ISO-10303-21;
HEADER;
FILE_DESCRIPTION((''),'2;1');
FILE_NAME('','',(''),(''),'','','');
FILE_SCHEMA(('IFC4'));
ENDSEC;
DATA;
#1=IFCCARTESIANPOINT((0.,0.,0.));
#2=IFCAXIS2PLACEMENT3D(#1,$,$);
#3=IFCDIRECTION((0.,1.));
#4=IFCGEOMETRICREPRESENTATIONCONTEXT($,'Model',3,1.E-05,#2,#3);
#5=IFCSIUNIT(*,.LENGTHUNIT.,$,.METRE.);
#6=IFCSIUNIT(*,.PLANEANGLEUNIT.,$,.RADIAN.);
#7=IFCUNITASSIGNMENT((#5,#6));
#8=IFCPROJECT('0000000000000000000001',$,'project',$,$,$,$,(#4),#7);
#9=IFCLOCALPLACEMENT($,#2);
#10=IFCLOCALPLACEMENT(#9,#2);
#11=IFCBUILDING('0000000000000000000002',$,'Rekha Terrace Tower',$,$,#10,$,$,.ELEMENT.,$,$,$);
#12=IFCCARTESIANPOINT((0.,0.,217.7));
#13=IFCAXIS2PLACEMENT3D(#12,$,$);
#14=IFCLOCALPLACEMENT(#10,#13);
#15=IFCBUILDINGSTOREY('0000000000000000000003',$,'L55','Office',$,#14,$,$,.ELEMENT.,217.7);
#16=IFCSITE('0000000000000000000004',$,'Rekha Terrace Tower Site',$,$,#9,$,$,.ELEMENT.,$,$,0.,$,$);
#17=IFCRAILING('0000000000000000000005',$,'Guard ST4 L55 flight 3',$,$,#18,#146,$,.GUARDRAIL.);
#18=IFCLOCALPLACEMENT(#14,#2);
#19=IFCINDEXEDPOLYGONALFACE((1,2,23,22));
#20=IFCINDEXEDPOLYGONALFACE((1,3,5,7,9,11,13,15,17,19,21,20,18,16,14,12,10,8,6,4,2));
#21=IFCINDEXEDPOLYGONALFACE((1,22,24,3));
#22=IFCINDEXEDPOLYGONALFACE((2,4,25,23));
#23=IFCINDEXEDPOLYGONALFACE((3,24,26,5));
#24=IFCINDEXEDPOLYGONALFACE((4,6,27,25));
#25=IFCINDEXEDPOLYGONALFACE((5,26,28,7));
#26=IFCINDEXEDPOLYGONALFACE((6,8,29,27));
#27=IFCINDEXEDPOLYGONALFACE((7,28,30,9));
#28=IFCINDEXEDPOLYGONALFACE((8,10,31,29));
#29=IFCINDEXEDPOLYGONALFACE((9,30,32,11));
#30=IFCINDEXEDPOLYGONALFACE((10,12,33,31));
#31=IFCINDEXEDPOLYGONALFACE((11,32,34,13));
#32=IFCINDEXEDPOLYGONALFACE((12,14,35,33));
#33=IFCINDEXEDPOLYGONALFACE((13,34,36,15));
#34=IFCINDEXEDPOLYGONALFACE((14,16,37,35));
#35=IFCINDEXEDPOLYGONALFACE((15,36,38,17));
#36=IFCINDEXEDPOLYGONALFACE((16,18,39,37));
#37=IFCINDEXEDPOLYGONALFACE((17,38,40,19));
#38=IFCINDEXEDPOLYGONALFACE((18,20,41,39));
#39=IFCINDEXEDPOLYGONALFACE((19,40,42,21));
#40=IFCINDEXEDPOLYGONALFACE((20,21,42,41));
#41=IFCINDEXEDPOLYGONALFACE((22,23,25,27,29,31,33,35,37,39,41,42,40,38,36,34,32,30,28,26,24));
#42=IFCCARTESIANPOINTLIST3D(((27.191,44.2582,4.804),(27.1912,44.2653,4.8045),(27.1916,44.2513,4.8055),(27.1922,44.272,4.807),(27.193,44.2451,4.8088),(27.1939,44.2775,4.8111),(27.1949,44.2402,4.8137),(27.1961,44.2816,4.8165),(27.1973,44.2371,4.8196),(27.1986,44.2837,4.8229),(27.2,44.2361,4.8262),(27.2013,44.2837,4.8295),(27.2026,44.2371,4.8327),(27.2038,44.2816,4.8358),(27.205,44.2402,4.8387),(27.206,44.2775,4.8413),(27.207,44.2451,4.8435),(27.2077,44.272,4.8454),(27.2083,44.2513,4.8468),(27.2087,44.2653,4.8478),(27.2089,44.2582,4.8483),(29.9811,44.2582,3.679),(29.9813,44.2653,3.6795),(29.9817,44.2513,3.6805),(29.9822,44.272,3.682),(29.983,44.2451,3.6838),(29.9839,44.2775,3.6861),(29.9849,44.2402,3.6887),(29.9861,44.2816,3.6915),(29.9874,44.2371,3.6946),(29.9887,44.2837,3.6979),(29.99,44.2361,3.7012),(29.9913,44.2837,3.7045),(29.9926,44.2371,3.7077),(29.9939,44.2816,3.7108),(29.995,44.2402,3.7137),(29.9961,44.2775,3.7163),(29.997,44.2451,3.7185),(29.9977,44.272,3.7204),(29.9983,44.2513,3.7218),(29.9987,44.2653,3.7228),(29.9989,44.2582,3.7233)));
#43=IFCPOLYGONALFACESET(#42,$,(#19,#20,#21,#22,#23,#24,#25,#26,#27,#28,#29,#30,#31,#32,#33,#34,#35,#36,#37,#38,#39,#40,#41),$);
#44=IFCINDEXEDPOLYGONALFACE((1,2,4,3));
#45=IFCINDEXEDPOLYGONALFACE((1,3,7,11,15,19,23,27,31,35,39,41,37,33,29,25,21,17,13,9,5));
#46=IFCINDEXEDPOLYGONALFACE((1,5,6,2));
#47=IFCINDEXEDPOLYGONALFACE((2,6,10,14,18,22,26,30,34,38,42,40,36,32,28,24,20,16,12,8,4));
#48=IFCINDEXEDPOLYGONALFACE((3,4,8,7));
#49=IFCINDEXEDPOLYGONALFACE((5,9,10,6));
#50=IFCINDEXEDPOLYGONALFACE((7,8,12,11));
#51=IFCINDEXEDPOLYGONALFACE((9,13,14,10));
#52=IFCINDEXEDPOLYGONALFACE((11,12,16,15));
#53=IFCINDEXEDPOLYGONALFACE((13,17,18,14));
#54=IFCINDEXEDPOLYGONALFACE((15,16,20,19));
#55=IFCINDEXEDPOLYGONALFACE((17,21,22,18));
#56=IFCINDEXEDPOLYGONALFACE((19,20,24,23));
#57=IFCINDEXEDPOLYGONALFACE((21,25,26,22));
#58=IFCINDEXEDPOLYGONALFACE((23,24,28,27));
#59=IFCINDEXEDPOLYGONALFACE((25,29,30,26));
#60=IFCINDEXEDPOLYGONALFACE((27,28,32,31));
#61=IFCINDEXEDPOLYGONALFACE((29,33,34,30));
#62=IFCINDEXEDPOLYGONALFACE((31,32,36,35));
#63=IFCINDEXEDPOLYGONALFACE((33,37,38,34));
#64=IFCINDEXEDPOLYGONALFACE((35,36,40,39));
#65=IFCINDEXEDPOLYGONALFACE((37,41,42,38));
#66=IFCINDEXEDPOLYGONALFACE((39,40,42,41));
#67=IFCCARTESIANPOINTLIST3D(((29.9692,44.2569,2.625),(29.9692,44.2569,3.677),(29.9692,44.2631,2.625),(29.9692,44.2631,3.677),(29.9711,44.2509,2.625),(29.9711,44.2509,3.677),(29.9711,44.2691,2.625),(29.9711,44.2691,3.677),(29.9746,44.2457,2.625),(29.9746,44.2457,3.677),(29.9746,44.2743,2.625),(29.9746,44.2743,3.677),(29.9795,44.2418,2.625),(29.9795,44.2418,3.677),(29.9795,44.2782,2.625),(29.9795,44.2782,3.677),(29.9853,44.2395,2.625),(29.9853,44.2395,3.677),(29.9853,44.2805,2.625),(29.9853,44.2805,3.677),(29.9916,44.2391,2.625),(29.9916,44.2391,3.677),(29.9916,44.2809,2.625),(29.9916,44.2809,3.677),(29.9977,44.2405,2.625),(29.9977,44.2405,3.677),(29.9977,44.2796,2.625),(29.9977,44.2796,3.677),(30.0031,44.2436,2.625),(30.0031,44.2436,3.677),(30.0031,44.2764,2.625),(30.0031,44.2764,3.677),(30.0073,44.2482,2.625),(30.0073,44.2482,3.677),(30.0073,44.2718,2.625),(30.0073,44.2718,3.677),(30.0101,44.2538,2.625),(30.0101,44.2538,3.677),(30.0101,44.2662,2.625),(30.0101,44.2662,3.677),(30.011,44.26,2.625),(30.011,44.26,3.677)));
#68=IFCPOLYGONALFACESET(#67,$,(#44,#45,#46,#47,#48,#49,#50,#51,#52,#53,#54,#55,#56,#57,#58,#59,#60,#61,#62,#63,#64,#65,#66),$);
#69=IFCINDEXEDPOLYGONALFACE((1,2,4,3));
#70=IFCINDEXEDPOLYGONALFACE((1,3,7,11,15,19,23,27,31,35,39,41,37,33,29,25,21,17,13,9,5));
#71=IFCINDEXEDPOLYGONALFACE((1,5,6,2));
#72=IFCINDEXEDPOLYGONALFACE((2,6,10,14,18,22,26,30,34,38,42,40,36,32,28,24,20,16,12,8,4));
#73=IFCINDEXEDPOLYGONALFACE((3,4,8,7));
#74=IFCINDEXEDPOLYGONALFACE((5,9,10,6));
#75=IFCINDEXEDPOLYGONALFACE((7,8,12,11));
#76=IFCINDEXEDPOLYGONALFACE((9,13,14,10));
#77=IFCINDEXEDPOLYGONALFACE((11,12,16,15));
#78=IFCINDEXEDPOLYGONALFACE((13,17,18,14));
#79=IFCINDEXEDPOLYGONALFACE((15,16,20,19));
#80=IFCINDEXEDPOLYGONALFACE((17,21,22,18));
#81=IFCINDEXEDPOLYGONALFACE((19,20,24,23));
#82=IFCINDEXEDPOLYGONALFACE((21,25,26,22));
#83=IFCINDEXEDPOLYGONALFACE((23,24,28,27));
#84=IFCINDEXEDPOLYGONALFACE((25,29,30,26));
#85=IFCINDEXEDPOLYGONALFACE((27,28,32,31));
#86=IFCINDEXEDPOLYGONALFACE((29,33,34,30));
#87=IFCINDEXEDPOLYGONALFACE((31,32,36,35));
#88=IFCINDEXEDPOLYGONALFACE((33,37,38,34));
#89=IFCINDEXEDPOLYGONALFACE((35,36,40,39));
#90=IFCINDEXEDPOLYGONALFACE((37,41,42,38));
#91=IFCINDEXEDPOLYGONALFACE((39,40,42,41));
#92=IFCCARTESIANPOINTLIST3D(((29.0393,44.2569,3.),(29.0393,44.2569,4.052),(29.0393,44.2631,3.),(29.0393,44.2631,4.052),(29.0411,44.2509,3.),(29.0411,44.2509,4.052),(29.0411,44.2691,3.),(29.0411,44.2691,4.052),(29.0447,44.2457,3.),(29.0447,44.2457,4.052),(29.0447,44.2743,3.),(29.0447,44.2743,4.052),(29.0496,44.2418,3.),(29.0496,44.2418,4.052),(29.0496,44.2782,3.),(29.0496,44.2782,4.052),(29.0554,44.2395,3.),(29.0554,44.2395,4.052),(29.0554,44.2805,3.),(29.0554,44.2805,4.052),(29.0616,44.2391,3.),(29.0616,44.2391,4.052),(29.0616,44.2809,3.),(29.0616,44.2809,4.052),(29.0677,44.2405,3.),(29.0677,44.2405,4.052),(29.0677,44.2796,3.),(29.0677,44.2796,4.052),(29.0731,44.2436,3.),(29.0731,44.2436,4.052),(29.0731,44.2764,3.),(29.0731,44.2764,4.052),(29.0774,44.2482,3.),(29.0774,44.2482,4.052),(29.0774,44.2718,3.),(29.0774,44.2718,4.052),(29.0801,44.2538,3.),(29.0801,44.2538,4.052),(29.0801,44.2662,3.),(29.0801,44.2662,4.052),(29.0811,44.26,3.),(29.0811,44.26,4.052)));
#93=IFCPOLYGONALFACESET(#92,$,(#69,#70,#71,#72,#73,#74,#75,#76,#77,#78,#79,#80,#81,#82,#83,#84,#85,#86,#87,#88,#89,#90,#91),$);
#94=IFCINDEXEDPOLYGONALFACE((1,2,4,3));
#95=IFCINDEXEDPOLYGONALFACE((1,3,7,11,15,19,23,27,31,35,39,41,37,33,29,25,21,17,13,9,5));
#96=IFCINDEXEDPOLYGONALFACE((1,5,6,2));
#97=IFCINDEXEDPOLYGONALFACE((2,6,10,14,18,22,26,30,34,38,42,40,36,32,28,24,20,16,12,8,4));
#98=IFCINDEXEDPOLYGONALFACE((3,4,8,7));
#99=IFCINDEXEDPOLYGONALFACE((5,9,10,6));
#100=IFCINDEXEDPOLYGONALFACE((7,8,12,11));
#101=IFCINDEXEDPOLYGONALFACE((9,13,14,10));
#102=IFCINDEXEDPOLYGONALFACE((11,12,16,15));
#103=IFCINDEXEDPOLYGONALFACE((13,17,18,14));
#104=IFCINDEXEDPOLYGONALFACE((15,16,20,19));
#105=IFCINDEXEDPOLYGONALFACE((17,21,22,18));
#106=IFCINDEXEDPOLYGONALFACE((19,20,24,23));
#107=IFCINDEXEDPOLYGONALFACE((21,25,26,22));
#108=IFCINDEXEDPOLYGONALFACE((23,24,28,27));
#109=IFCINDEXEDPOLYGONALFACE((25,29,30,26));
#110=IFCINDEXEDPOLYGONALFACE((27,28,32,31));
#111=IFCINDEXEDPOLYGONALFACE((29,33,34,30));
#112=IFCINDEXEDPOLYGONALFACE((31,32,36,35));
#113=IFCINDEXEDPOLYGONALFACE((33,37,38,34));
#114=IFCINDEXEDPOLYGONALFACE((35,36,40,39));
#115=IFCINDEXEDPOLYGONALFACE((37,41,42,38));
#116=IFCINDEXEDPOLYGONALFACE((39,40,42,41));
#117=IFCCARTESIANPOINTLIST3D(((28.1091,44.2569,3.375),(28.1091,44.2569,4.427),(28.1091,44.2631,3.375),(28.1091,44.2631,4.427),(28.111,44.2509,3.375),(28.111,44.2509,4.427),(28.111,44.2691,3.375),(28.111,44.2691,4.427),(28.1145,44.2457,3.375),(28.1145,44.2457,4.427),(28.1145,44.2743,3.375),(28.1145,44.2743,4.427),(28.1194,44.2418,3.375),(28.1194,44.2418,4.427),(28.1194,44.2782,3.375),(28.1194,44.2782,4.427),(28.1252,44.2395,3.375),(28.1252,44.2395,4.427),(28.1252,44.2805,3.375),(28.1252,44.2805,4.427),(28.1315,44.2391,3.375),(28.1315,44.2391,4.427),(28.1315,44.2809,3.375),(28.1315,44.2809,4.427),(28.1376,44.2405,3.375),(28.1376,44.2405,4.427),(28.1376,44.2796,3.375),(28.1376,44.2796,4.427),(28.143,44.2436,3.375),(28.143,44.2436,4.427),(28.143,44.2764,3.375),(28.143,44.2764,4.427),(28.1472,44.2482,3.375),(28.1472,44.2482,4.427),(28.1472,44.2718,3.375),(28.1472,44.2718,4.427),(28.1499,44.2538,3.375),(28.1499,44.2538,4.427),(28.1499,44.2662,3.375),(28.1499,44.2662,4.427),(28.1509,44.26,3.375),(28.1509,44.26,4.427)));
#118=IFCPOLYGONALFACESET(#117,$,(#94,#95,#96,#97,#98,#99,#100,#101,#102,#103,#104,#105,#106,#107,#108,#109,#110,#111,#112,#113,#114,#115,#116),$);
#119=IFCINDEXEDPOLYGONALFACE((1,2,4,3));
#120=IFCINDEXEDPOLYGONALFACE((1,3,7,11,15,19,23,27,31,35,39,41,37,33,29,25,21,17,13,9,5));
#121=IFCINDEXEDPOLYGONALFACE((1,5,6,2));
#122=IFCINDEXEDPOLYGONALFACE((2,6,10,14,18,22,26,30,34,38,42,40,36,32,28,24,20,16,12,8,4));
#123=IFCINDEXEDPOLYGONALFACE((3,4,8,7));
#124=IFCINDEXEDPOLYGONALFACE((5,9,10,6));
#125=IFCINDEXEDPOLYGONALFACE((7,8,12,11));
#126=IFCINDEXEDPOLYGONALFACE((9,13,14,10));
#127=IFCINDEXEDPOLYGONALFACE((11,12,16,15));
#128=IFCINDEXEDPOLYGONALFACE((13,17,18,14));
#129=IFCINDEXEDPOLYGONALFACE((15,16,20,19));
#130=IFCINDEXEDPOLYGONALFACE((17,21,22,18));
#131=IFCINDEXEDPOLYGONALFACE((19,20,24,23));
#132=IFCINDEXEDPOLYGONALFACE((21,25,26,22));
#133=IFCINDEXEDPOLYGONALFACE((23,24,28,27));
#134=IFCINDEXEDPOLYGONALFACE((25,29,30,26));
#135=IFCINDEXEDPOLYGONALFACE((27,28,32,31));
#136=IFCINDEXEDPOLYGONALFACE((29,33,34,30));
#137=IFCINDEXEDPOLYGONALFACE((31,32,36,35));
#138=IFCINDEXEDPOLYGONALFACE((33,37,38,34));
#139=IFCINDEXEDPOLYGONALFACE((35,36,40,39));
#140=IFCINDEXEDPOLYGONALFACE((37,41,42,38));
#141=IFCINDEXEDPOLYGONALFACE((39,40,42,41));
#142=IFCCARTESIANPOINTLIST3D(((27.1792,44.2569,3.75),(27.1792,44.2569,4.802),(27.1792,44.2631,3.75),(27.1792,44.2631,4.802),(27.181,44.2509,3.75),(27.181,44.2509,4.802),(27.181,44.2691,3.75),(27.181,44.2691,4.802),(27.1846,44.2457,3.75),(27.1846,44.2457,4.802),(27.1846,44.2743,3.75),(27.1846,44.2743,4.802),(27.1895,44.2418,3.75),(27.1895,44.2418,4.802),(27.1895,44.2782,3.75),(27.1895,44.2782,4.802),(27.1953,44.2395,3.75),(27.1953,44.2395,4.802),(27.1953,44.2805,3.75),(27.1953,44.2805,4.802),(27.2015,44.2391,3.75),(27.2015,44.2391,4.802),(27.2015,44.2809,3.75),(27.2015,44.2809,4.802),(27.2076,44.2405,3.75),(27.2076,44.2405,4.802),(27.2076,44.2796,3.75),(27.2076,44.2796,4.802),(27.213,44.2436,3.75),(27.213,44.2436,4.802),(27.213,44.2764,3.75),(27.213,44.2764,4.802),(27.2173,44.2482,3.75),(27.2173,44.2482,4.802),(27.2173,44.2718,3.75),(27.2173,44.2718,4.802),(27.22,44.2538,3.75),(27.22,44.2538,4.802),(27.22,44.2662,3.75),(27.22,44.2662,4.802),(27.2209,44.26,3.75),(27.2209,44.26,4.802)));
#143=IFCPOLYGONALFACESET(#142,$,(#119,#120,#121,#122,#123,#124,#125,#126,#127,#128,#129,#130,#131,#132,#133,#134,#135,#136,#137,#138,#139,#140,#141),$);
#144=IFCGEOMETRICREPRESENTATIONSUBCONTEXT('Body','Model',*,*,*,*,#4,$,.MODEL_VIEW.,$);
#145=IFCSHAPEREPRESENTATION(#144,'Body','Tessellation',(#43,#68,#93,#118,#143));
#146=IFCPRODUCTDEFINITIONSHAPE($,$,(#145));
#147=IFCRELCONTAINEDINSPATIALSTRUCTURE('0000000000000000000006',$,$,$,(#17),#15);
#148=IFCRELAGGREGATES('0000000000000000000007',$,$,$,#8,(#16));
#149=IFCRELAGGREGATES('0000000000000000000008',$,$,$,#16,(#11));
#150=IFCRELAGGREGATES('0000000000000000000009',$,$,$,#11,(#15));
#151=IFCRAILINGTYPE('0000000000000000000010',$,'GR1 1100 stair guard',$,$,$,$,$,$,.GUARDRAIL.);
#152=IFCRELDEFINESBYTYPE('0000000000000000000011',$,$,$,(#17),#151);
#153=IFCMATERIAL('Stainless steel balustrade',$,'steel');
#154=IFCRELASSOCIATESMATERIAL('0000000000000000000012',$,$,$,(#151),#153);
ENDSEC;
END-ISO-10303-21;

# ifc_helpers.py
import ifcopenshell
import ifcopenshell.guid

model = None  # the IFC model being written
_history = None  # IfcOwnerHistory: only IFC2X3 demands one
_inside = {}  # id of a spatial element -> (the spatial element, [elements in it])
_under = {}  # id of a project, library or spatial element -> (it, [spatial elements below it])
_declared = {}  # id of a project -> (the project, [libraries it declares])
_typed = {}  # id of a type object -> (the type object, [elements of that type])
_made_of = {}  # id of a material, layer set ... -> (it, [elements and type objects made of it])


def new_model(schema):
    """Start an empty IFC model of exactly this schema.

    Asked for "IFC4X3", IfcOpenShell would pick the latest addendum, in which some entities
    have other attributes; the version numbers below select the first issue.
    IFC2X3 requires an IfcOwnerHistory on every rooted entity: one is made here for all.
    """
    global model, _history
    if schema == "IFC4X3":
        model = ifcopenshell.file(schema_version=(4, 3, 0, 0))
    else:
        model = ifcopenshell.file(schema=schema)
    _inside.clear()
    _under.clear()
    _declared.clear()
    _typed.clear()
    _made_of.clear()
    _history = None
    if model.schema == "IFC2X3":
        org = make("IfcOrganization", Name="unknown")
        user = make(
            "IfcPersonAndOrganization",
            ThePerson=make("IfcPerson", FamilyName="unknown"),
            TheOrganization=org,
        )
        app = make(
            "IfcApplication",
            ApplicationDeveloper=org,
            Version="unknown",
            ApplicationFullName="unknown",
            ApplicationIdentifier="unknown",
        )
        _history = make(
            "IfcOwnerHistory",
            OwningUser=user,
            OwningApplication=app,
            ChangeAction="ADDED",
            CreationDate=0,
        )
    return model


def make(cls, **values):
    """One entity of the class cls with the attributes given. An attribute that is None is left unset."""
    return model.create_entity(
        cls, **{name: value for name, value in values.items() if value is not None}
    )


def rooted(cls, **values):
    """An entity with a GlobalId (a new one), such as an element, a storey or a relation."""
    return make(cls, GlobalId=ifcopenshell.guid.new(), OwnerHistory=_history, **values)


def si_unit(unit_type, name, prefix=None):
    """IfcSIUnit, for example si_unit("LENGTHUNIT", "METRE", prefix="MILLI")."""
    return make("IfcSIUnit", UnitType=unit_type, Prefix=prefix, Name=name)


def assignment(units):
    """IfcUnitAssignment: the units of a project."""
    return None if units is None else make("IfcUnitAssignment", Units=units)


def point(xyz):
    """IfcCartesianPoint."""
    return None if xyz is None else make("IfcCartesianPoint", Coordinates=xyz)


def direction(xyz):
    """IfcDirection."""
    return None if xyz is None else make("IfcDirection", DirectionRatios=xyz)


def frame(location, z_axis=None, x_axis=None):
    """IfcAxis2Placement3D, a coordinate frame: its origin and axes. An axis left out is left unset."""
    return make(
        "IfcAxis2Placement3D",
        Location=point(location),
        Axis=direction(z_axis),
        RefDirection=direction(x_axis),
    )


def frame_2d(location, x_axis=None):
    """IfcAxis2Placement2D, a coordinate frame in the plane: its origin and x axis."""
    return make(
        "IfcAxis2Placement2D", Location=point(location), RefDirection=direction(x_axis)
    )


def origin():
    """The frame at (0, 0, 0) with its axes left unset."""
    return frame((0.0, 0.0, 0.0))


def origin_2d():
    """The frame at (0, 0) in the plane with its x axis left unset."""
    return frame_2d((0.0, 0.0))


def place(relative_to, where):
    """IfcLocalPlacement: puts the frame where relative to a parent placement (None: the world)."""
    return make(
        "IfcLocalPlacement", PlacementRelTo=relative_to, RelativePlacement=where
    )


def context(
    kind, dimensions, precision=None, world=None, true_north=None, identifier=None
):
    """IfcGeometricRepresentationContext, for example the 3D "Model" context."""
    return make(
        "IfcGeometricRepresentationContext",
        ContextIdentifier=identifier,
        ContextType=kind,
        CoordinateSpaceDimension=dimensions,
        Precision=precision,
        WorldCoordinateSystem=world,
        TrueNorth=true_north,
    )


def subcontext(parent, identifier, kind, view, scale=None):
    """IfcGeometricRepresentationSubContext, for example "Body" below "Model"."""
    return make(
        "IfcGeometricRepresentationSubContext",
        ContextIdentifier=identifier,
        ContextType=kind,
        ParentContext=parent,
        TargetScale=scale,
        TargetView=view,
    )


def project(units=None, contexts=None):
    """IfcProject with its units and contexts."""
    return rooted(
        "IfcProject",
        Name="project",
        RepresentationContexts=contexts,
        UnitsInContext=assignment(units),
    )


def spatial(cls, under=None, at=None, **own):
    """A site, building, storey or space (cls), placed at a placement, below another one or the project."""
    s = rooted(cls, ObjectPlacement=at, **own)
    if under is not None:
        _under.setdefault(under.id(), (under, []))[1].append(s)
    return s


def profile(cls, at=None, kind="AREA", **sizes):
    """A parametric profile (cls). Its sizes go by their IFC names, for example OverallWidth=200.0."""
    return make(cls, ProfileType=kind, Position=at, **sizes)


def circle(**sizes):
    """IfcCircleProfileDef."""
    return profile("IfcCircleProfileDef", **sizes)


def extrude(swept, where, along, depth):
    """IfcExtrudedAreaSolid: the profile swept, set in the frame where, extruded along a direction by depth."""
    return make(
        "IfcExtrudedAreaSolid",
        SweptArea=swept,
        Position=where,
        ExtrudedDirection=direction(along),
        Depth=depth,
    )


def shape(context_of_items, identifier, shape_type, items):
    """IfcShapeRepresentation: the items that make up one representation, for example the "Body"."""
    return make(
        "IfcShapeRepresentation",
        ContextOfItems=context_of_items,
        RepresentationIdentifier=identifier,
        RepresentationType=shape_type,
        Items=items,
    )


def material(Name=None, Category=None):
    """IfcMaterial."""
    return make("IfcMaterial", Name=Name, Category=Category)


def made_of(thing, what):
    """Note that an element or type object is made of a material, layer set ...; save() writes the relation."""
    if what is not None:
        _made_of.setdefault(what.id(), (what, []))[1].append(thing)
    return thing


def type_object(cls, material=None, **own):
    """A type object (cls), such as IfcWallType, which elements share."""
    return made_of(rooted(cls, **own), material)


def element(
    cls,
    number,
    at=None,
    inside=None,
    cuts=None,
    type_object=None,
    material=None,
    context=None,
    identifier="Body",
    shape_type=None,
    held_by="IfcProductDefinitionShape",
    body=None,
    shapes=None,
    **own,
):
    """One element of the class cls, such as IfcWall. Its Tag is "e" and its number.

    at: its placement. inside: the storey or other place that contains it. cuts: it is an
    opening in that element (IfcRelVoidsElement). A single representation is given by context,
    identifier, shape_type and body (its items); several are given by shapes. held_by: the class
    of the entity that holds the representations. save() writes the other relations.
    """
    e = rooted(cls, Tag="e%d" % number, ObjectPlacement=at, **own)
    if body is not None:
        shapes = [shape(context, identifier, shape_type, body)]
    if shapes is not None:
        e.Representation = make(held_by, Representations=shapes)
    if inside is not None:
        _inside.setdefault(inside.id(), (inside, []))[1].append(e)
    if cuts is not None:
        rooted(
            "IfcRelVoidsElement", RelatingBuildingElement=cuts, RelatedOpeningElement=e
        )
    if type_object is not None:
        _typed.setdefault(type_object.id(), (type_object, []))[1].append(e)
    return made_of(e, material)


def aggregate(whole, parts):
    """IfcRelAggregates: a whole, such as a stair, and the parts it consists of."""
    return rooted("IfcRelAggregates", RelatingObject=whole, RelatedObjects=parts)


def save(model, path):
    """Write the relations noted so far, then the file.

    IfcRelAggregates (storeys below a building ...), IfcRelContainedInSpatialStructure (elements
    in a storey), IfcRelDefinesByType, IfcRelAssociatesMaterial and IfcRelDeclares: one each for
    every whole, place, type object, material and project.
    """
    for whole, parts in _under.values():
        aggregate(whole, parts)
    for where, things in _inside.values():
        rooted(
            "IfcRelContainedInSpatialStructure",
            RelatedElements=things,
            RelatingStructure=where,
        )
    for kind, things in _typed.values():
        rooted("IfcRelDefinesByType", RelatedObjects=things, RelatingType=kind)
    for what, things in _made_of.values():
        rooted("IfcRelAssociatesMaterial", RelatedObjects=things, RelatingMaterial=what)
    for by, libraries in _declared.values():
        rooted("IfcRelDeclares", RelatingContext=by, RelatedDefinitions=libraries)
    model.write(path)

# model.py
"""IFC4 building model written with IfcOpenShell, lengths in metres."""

from ifc_helpers import new_model, si_unit, direction, frame, origin, origin_2d, place, context, subcontext, project, spatial, circle, extrude, material, type_object, element, save


model = new_model("IFC4")

# Units and contexts
model_context = context("Model", 3, precision=1e-05, world=origin(), true_north=direction((0.0, 1.0)))
body_context = subcontext(model_context, "Body", "Model", "MODEL_VIEW")
ifc_project = project(units=[si_unit("LENGTHUNIT", "METRE"), si_unit("PLANEANGLEUNIT", "RADIAN")], contexts=[model_context])

# Site, building, storey
site_placement = place(None, origin())
site = spatial("IfcSite", under=ifc_project, at=site_placement, Name="Rekha Terrace Tower Site", CompositionType="ELEMENT", RefElevation=0.0)
building_placement = place(site_placement, origin())
building = spatial("IfcBuilding", under=site, at=building_placement, Name="Rekha Terrace Tower", CompositionType="ELEMENT")
storey_placement = place(building_placement, frame((0.0, 0.0, 217.7)))
storey = spatial("IfcBuildingStorey", under=building, at=storey_placement, Name="L55", Description="Office", CompositionType="ELEMENT", Elevation=217.7)

# Railing
ifc_material_1 = material(Name="Stainless steel balustrade", Category="steel")
railing_type_1 = type_object("IfcRailingType", Name="GR1 1100 stair guard", PredefinedType="GUARDRAIL", material=ifc_material_1)
railing_1_placement = place(storey_placement, frame((29.99, 44.26, 2.625)))
element("IfcRailing", 1, at=railing_1_placement, inside=storey, type_object=railing_type_1, Name="Guard ST4 L55 flight 3", PredefinedType="GUARDRAIL", context=body_context, shape_type="SweptSolid", body=[
    extrude(circle(Radius=0.0239, at=origin_2d()), frame((0.0, 0.0, 1.0762), z_axis=(-0.927443, 0.0, 0.373964), x_axis=(0.0, -1.0, 0.0)), (0.0, 0.0, 1.0), 3.0083),
    extrude(circle(Radius=0.021, at=origin_2d()), origin(), (0.0, 0.0, 1.0), 1.052),
    extrude(circle(Radius=0.021, at=origin_2d()), frame((-0.9299, 0.0, 0.375)), (0.0, 0.0, 1.0), 1.052),
    extrude(circle(Radius=0.021, at=origin_2d()), frame((-1.8601, 0.0, 0.75)), (0.0, 0.0, 1.0), 1.052),
    extrude(circle(Radius=0.021, at=origin_2d()), frame((-2.79, 0.0, 1.125)), (0.0, 0.0, 1.0), 1.052),
])

save(model, "model.ifc")
